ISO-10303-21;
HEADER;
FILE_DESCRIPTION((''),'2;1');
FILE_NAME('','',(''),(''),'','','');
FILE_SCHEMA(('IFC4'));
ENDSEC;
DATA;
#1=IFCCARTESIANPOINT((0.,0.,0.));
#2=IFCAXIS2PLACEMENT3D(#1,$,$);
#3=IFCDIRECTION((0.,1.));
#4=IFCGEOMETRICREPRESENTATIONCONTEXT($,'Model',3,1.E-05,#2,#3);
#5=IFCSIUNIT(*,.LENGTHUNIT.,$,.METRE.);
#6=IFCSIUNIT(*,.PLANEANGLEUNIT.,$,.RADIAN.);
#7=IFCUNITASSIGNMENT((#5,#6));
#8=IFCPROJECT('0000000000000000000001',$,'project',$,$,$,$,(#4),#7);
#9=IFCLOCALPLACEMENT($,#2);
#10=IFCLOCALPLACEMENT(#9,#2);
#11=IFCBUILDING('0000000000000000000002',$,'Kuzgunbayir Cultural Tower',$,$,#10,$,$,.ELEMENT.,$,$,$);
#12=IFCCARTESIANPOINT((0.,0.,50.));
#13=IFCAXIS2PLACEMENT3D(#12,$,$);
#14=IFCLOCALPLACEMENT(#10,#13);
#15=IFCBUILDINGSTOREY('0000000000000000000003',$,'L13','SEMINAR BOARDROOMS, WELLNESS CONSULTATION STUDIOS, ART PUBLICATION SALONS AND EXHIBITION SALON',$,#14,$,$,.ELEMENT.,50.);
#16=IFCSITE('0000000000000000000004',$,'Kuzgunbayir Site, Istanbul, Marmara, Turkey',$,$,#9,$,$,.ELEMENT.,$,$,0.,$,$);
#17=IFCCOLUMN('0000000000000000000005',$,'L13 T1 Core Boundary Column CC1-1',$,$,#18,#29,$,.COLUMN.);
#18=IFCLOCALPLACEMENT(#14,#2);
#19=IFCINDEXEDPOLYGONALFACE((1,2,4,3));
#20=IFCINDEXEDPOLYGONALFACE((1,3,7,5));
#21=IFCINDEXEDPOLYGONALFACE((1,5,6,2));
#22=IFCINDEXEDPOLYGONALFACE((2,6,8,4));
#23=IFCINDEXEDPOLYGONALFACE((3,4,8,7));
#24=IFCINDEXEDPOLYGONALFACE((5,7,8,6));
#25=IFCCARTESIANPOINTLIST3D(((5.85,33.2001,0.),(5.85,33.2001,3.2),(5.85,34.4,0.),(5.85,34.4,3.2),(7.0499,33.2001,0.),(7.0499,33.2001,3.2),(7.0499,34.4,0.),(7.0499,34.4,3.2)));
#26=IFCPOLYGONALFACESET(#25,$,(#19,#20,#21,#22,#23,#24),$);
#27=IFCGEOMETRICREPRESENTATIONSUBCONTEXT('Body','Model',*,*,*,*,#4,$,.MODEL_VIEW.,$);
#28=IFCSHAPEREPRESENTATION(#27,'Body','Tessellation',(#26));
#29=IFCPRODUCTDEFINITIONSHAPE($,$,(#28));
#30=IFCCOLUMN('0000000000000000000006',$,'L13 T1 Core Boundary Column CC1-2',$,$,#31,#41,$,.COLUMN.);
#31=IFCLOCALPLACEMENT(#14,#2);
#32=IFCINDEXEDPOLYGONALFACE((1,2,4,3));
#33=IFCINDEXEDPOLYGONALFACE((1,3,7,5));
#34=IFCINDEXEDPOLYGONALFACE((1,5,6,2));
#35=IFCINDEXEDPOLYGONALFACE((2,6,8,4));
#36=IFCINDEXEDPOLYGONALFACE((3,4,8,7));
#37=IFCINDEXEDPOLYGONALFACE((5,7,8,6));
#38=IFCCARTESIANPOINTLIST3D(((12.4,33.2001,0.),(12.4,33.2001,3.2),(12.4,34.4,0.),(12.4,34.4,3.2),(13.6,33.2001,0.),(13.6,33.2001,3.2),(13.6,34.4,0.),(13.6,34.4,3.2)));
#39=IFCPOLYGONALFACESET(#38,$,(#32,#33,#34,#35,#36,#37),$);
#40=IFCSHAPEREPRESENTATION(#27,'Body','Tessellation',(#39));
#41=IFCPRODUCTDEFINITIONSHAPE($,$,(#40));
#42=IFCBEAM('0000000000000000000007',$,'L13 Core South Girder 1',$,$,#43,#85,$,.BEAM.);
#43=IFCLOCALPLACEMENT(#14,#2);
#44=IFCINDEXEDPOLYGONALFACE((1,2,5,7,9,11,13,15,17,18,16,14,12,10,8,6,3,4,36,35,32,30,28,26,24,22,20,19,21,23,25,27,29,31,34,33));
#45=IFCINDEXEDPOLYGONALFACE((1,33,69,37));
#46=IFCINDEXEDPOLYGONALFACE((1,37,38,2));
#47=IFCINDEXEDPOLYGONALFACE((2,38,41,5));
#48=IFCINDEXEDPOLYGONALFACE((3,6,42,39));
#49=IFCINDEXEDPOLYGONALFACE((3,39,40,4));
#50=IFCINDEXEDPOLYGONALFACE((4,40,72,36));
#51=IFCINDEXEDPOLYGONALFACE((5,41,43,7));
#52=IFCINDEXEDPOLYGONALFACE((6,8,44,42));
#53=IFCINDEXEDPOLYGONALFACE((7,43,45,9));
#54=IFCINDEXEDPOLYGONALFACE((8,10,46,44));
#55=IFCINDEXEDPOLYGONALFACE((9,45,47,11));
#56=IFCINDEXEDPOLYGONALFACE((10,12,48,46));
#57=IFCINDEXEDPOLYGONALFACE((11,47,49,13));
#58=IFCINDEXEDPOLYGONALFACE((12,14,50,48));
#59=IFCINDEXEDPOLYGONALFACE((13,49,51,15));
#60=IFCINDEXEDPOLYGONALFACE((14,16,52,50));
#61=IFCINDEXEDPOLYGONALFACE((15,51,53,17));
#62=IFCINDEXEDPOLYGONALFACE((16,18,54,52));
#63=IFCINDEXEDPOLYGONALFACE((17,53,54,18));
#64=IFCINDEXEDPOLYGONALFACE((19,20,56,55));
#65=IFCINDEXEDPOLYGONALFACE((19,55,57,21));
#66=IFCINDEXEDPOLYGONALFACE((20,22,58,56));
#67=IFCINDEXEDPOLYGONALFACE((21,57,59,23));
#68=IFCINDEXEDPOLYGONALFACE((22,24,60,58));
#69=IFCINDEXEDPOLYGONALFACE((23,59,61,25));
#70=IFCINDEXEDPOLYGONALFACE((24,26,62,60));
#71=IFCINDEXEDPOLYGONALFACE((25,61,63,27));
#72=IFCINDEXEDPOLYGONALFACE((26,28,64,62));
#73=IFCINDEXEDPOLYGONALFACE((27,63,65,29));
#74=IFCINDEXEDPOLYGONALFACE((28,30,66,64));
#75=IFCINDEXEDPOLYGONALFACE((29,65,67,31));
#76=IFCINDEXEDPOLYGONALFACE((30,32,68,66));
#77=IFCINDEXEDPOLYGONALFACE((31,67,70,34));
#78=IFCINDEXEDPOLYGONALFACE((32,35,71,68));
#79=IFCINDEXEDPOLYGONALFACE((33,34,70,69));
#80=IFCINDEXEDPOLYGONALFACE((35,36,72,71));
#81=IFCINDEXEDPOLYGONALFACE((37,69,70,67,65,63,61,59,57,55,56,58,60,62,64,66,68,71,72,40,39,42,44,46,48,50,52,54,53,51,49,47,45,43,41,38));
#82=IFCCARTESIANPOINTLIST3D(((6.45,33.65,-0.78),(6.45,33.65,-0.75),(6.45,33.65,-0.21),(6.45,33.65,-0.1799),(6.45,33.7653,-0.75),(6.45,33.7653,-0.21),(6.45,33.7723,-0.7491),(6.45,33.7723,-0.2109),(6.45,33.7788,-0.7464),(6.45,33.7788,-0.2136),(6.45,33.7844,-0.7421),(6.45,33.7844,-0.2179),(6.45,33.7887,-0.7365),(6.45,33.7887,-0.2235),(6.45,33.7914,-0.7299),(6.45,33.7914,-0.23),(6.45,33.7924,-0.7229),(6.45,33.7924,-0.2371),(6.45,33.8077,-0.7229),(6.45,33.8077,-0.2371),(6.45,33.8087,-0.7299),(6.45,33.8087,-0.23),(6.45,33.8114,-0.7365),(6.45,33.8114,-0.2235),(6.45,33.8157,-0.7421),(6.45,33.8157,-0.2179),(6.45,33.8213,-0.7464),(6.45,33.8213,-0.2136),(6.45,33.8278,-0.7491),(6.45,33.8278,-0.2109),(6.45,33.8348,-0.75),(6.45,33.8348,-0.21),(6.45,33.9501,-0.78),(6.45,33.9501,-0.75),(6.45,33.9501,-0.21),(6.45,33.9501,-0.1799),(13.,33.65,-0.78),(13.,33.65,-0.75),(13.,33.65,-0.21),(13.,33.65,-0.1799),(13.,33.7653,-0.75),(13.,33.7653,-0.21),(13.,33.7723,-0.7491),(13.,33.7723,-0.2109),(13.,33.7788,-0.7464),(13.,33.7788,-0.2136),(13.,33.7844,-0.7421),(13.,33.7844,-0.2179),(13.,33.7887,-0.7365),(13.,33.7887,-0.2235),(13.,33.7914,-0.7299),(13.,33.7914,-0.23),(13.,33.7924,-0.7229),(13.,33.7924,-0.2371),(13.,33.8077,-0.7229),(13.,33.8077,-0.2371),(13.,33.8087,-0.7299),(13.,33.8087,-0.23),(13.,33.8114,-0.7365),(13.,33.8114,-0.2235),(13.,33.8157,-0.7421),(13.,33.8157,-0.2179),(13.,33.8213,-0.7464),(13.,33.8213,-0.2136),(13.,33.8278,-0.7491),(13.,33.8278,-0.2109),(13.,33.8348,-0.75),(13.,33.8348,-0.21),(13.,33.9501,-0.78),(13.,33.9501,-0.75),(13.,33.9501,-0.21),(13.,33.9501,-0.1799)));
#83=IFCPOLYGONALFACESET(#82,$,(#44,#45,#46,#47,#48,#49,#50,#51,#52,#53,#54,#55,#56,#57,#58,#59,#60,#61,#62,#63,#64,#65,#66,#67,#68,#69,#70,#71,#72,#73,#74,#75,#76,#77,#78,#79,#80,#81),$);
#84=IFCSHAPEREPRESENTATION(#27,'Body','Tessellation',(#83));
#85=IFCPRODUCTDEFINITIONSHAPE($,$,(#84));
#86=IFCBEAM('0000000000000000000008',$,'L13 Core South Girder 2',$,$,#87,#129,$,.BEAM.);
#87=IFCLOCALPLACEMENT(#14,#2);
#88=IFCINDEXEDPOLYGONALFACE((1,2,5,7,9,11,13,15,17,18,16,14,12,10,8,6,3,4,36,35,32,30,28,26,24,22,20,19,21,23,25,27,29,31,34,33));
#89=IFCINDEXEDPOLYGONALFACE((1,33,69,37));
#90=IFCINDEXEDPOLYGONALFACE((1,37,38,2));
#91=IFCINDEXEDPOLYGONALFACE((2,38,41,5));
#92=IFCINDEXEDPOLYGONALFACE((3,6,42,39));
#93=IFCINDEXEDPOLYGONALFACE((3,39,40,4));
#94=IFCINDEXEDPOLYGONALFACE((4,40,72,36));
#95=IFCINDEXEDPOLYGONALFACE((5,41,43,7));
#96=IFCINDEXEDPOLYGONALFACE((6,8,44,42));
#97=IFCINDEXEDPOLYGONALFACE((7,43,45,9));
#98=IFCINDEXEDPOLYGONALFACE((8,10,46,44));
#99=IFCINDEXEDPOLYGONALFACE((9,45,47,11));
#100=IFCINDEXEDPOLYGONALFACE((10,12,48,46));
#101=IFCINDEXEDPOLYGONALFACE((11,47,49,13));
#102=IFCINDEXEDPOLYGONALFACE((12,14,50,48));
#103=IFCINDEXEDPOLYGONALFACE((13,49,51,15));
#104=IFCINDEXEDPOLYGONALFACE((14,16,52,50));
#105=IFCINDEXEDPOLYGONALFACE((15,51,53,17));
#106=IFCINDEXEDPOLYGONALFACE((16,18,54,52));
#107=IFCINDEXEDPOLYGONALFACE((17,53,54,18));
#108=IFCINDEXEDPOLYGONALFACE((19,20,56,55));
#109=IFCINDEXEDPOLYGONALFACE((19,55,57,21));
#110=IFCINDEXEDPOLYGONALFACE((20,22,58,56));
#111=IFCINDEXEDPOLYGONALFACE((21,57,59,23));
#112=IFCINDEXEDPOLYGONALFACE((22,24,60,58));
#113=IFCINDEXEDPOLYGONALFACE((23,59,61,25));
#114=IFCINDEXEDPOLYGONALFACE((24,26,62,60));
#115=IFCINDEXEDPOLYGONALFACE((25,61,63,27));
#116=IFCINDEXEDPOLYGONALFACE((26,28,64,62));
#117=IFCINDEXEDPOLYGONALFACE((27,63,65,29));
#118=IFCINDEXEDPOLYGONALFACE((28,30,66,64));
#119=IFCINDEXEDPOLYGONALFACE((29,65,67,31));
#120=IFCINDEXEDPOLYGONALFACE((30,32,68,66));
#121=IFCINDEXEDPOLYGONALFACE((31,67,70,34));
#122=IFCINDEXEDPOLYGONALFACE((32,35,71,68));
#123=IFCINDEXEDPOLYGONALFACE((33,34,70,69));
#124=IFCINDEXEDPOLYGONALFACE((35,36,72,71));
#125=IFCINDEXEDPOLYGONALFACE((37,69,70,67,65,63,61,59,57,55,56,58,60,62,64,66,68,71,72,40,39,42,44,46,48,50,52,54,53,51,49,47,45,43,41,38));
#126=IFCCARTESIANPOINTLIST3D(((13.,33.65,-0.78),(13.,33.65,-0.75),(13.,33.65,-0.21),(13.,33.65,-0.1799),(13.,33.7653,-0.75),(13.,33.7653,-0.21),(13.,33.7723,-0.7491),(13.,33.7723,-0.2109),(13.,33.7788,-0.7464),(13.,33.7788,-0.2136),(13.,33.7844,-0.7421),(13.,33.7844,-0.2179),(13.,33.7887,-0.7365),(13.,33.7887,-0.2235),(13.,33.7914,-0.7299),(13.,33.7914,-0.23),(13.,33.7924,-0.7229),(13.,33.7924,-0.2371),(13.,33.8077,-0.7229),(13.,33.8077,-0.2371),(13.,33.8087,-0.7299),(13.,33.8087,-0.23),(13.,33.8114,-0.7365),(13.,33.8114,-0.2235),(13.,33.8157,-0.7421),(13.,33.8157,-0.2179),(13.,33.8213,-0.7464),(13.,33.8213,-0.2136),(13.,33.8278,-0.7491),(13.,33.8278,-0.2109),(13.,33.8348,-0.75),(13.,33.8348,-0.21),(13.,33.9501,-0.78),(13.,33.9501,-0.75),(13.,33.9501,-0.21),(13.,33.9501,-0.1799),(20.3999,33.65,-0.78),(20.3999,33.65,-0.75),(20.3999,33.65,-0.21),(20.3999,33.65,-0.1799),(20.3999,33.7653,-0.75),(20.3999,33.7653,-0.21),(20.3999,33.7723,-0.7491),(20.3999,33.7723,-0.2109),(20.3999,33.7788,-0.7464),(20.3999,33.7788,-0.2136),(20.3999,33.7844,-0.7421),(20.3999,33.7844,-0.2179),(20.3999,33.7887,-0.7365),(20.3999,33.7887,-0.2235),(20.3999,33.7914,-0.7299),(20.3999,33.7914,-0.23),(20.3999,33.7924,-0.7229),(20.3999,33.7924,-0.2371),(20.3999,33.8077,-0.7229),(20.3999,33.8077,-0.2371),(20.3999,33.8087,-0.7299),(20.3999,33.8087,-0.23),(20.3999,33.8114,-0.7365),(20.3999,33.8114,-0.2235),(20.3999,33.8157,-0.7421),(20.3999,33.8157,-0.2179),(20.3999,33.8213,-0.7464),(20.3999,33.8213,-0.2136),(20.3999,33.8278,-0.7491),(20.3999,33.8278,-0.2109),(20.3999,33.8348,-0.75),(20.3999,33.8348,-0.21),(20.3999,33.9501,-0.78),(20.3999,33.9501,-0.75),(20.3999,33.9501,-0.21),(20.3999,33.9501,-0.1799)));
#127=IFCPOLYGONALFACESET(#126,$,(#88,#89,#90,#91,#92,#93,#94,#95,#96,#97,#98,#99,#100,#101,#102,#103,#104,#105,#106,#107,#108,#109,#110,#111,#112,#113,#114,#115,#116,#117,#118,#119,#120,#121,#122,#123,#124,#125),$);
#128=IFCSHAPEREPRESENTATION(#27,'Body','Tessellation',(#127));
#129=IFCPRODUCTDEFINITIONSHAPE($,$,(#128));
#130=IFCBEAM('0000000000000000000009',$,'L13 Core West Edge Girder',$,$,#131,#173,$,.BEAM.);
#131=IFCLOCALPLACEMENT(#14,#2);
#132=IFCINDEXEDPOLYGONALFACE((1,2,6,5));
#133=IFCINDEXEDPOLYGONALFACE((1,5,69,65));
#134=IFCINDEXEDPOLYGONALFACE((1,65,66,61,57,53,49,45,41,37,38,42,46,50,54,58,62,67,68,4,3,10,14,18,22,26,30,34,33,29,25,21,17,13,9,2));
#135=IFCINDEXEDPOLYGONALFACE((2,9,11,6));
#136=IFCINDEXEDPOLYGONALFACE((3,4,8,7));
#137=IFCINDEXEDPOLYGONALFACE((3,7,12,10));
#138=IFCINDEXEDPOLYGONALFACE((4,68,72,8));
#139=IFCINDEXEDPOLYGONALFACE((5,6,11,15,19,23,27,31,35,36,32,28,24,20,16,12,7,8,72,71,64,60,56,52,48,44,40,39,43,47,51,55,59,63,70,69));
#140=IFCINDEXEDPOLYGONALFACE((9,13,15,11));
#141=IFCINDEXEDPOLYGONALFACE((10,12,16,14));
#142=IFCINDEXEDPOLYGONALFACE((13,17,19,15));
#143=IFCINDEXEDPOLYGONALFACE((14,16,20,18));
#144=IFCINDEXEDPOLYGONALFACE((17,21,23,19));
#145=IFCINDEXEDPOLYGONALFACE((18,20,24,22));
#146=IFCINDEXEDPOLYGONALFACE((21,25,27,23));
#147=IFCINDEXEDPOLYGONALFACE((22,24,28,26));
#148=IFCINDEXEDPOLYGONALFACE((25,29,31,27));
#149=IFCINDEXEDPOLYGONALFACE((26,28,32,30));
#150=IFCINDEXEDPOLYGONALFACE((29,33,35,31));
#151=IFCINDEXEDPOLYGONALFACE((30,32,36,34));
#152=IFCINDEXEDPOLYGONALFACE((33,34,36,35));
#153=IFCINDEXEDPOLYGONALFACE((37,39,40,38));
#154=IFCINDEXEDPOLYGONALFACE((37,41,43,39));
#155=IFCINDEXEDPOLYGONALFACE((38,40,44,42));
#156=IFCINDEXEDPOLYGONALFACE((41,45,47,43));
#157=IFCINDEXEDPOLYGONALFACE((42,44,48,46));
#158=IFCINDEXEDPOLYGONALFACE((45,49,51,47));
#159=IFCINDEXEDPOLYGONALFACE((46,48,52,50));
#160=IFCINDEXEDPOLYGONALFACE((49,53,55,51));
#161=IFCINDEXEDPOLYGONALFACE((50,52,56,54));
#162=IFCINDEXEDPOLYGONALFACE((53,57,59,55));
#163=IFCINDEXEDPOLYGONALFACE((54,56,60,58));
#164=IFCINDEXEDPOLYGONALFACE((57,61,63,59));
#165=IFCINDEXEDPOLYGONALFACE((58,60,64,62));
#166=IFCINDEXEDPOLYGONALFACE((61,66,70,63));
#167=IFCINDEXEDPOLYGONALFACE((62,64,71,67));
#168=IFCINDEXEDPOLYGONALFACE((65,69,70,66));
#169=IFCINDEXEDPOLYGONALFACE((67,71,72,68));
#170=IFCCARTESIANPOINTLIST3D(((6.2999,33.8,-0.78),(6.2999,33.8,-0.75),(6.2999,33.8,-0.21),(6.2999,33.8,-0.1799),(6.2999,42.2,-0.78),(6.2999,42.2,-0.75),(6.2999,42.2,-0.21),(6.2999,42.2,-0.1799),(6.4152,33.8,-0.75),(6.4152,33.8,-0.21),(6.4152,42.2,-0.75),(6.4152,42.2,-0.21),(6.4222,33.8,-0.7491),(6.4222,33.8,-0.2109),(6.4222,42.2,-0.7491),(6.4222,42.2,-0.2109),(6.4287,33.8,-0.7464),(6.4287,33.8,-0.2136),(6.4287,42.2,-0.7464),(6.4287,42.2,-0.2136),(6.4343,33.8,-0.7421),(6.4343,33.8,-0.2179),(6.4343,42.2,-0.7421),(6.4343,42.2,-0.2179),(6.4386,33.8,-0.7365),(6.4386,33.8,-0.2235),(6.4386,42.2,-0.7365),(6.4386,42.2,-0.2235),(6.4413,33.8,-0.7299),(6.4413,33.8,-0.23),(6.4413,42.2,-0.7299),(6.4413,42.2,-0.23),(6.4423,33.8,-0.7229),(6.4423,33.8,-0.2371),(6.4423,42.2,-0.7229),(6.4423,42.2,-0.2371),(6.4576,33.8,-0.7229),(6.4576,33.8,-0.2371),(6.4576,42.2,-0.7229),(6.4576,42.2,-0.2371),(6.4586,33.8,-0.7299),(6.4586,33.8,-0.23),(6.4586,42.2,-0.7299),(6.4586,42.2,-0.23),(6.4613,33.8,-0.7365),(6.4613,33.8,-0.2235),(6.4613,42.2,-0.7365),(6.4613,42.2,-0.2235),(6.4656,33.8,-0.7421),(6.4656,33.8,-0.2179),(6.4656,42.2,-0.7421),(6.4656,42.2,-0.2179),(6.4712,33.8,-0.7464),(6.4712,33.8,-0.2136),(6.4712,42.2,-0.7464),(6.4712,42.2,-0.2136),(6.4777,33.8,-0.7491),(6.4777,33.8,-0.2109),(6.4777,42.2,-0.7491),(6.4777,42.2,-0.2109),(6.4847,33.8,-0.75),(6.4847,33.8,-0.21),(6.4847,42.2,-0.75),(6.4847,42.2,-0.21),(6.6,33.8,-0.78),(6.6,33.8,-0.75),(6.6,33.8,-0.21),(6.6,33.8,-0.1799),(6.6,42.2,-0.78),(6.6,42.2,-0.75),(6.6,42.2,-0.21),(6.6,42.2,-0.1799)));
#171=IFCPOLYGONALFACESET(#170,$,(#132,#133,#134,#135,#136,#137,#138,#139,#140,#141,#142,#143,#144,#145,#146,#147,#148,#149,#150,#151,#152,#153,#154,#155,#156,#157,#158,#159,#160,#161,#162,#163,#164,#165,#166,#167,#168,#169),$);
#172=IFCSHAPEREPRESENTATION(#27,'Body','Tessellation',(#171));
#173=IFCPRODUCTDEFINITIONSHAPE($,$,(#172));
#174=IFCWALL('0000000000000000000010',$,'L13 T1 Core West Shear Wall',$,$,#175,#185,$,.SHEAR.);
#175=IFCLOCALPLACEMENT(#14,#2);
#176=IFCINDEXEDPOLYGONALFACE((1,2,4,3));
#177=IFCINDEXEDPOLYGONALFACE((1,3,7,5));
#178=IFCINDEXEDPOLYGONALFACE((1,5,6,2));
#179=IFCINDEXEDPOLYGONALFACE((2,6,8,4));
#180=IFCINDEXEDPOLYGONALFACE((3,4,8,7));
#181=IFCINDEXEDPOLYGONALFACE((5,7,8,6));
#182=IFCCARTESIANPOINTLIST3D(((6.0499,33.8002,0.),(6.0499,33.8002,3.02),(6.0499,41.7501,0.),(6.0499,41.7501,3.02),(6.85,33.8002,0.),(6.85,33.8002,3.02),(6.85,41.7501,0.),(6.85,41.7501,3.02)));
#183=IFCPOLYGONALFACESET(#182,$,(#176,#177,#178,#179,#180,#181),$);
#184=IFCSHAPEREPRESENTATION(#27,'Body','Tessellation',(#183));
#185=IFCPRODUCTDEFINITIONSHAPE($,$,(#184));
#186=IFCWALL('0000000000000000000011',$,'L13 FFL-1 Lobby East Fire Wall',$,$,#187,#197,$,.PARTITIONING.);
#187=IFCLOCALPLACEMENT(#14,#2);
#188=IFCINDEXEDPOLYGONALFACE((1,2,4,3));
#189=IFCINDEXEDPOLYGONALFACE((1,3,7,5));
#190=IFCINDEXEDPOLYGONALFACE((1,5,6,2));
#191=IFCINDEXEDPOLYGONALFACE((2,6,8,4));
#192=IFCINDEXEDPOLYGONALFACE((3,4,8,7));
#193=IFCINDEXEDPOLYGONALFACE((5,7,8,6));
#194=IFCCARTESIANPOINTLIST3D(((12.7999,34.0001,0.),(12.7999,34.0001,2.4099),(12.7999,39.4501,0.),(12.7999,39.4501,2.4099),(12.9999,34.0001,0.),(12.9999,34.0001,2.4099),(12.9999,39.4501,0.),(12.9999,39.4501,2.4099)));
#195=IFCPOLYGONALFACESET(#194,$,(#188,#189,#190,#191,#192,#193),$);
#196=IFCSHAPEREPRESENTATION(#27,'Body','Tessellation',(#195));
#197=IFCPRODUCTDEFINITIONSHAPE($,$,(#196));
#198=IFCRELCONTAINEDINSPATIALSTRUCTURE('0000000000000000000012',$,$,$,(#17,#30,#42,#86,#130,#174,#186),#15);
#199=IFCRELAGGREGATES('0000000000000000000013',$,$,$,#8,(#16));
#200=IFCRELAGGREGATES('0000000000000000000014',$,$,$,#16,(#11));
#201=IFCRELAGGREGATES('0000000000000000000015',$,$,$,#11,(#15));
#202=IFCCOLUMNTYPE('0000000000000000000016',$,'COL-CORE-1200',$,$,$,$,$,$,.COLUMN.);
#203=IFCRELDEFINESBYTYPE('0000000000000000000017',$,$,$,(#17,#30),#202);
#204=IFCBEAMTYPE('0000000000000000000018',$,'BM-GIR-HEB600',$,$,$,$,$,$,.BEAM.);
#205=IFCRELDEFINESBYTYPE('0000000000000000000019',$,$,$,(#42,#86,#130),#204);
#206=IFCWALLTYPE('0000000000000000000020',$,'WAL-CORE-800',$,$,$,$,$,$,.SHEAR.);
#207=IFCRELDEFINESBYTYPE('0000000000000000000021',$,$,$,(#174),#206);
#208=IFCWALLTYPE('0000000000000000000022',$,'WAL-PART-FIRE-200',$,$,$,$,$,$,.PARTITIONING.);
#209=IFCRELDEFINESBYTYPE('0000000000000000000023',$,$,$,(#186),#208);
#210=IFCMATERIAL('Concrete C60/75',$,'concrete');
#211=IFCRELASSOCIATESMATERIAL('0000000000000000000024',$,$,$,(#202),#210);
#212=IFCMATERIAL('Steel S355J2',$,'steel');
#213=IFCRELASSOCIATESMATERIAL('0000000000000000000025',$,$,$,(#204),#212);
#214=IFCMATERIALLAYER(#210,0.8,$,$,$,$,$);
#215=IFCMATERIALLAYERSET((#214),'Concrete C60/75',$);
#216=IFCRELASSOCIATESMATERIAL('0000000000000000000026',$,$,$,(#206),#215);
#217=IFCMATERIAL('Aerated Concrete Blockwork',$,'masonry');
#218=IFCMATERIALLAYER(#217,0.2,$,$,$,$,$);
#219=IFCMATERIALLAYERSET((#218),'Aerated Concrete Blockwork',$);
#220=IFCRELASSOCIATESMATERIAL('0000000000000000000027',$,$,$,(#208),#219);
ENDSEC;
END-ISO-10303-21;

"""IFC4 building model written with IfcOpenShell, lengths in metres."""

from ifc_helpers import new_model, si_unit, direction, frame, frame_2d, origin, origin_2d, place, context, subcontext, project, spatial, rectangle, i_section, extrude, material, layer, layer_set, material_profile, profile_set, type_object, element, save


model = new_model("IFC4")

# Units and contexts
model_context = context("Model", 3, precision=1e-05, world=origin(), true_north=direction((0.0, 1.0)))
body_context = subcontext(model_context, "Body", "Model", "MODEL_VIEW")
ifc_project = project(units=[si_unit("LENGTHUNIT", "METRE"), si_unit("PLANEANGLEUNIT", "RADIAN")], contexts=[model_context])

# Site, building, storey
site_placement = place(None, origin())
site = spatial("IfcSite", under=ifc_project, at=site_placement, Name="Kuzgunbayir Site, Istanbul, Marmara, Turkey", CompositionType="ELEMENT", RefElevation=0.0)
building_placement = place(site_placement, origin())
building = spatial("IfcBuilding", under=site, at=building_placement, Name="Kuzgunbayir Cultural Tower", CompositionType="ELEMENT")
storey_placement = place(building_placement, frame((0.0, 0.0, 50.0)))
storey = spatial("IfcBuildingStorey", under=building, at=storey_placement, Name="L13", Description="SEMINAR BOARDROOMS, WELLNESS CONSULTATION STUDIOS, ART PUBLICATION SALONS AND EXHIBITION SALON", CompositionType="ELEMENT", Elevation=50.0)

# Columns
ifc_material_1 = material(Name="Concrete C60/75", Category="concrete")
ifc_material_profile_1 = material_profile(ifc_material_1, rectangle(XDim=1.2, YDim=1.2, at=origin_2d()), Name="RC 1200x1200")
ifc_profile_set_1 = profile_set([ifc_material_profile_1], Name="Concrete C60/75")
column_type = type_object("IfcColumnType", Name="COL-CORE-1200", PredefinedType="COLUMN", material=ifc_profile_set_1)
for number, where, z_axis, x_axis, name in (
    (1, (6.45, 33.8, 0.0), (0.0, 0.0, 1.0), (1.0, 0.0, 0.0), "L13 T1 Core Boundary Column CC1-1"),
    (2, (13.0, 33.8, 0.0), (0.0, 0.0, 1.0), (1.0, 0.0, 0.0), "L13 T1 Core Boundary Column CC1-2"),
):
    element("IfcColumn", number, at=place(storey_placement, frame(where, z_axis=z_axis, x_axis=x_axis)), inside=storey, type_object=column_type, Name=name, PredefinedType="COLUMN", context=body_context, shape_type="SweptSolid", body=[
        extrude(rectangle(XDim=1.2, YDim=1.2, at=origin_2d()), origin(), (0.0, 0.0, 1.0), 3.2),
    ])

# Beams
ifc_material_2 = material(Name="Steel S355J2", Category="steel")
ifc_material_profile_2 = material_profile(ifc_material_2, i_section(OverallWidth=0.3, OverallDepth=0.6001, WebThickness=0.0154, FlangeThickness=0.03, FilletRadius=0.0271, at=origin_2d()), Name="HEB 600")
ifc_profile_set_2 = profile_set([ifc_material_profile_2], Name="Steel S355J2")
beam_type = type_object("IfcBeamType", Name="BM-GIR-HEB600", PredefinedType="BEAM", material=ifc_profile_set_2)
beam_1_placement = place(storey_placement, frame((6.45, 33.8, -0.48), z_axis=(1.0, 0.0, 0.0), x_axis=(0.0, 1.0, 0.0)))
element("IfcBeam", 3, at=beam_1_placement, inside=storey, type_object=beam_type, Name="L13 Core South Girder 1", PredefinedType="BEAM", context=body_context, shape_type="SweptSolid", body=[
    extrude(i_section(OverallWidth=0.3, OverallDepth=0.6001, WebThickness=0.0154, FlangeThickness=0.03, FilletRadius=0.0271, at=origin_2d()), origin(), (0.0, 0.0, 1.0), 6.55),
])
beam_2_placement = place(storey_placement, frame((13.0, 33.8, -0.48), z_axis=(1.0, 0.0, 0.0), x_axis=(0.0, 1.0, 0.0)))
element("IfcBeam", 4, at=beam_2_placement, inside=storey, type_object=beam_type, Name="L13 Core South Girder 2", PredefinedType="BEAM", context=body_context, shape_type="SweptSolid", body=[
    extrude(i_section(OverallWidth=0.3, OverallDepth=0.6001, WebThickness=0.0154, FlangeThickness=0.03, FilletRadius=0.0271, at=origin_2d()), origin(), (0.0, 0.0, 1.0), 7.3999),
])
beam_3_placement = place(storey_placement, frame((6.45, 33.8, -0.48), z_axis=(0.0, 1.0, 0.0), x_axis=(-1.0, 0.0, 0.0)))
element("IfcBeam", 5, at=beam_3_placement, inside=storey, type_object=beam_type, Name="L13 Core West Edge Girder", PredefinedType="BEAM", context=body_context, shape_type="SweptSolid", body=[
    extrude(i_section(OverallWidth=0.3, OverallDepth=0.6001, WebThickness=0.0154, FlangeThickness=0.03, FilletRadius=0.0271, at=origin_2d()), origin(), (0.0, 0.0, 1.0), 8.3999),
])

# Walls
ifc_layer_1 = layer(ifc_material_1, 0.8)
ifc_layer_set_1 = layer_set([ifc_layer_1], Name="Concrete C60/75")
wall_type_1 = type_object("IfcWallType", Name="WAL-CORE-800", PredefinedType="SHEAR", material=ifc_layer_set_1)
wall_1_placement = place(storey_placement, frame((6.45, 33.8, 0.0), z_axis=(0.0, 0.0, 1.0), x_axis=(0.0, 1.0, 0.0)))
element("IfcWall", 6, at=wall_1_placement, inside=storey, type_object=wall_type_1, Name="L13 T1 Core West Shear Wall", PredefinedType="SHEAR", context=body_context, shape_type="SweptSolid", body=[
    extrude(rectangle(XDim=7.95, YDim=0.8, at=frame_2d((3.9751, 0.0))), origin(), (0.0, 0.0, 1.0), 3.02),
])
ifc_material_3 = material(Name="Aerated Concrete Blockwork", Category="masonry")
ifc_layer_2 = layer(ifc_material_3, 0.2)
ifc_layer_set_2 = layer_set([ifc_layer_2], Name="Aerated Concrete Blockwork")
wall_type_2 = type_object("IfcWallType", Name="WAL-PART-FIRE-200", PredefinedType="PARTITIONING", material=ifc_layer_set_2)
wall_2_placement = place(storey_placement, frame((12.8999, 34.0, 0.0), z_axis=(0.0, 0.0, 1.0), x_axis=(0.0, 1.0, 0.0)))
element("IfcWall", 7, at=wall_2_placement, inside=storey, type_object=wall_type_2, Name="L13 FFL-1 Lobby East Fire Wall", PredefinedType="PARTITIONING", context=body_context, shape_type="SweptSolid", body=[
    extrude(rectangle(XDim=5.45, YDim=0.2, at=frame_2d((2.7251, 0.0))), origin(), (0.0, 0.0, 1.0), 2.4099),
])

save(model, "model.ifc")
